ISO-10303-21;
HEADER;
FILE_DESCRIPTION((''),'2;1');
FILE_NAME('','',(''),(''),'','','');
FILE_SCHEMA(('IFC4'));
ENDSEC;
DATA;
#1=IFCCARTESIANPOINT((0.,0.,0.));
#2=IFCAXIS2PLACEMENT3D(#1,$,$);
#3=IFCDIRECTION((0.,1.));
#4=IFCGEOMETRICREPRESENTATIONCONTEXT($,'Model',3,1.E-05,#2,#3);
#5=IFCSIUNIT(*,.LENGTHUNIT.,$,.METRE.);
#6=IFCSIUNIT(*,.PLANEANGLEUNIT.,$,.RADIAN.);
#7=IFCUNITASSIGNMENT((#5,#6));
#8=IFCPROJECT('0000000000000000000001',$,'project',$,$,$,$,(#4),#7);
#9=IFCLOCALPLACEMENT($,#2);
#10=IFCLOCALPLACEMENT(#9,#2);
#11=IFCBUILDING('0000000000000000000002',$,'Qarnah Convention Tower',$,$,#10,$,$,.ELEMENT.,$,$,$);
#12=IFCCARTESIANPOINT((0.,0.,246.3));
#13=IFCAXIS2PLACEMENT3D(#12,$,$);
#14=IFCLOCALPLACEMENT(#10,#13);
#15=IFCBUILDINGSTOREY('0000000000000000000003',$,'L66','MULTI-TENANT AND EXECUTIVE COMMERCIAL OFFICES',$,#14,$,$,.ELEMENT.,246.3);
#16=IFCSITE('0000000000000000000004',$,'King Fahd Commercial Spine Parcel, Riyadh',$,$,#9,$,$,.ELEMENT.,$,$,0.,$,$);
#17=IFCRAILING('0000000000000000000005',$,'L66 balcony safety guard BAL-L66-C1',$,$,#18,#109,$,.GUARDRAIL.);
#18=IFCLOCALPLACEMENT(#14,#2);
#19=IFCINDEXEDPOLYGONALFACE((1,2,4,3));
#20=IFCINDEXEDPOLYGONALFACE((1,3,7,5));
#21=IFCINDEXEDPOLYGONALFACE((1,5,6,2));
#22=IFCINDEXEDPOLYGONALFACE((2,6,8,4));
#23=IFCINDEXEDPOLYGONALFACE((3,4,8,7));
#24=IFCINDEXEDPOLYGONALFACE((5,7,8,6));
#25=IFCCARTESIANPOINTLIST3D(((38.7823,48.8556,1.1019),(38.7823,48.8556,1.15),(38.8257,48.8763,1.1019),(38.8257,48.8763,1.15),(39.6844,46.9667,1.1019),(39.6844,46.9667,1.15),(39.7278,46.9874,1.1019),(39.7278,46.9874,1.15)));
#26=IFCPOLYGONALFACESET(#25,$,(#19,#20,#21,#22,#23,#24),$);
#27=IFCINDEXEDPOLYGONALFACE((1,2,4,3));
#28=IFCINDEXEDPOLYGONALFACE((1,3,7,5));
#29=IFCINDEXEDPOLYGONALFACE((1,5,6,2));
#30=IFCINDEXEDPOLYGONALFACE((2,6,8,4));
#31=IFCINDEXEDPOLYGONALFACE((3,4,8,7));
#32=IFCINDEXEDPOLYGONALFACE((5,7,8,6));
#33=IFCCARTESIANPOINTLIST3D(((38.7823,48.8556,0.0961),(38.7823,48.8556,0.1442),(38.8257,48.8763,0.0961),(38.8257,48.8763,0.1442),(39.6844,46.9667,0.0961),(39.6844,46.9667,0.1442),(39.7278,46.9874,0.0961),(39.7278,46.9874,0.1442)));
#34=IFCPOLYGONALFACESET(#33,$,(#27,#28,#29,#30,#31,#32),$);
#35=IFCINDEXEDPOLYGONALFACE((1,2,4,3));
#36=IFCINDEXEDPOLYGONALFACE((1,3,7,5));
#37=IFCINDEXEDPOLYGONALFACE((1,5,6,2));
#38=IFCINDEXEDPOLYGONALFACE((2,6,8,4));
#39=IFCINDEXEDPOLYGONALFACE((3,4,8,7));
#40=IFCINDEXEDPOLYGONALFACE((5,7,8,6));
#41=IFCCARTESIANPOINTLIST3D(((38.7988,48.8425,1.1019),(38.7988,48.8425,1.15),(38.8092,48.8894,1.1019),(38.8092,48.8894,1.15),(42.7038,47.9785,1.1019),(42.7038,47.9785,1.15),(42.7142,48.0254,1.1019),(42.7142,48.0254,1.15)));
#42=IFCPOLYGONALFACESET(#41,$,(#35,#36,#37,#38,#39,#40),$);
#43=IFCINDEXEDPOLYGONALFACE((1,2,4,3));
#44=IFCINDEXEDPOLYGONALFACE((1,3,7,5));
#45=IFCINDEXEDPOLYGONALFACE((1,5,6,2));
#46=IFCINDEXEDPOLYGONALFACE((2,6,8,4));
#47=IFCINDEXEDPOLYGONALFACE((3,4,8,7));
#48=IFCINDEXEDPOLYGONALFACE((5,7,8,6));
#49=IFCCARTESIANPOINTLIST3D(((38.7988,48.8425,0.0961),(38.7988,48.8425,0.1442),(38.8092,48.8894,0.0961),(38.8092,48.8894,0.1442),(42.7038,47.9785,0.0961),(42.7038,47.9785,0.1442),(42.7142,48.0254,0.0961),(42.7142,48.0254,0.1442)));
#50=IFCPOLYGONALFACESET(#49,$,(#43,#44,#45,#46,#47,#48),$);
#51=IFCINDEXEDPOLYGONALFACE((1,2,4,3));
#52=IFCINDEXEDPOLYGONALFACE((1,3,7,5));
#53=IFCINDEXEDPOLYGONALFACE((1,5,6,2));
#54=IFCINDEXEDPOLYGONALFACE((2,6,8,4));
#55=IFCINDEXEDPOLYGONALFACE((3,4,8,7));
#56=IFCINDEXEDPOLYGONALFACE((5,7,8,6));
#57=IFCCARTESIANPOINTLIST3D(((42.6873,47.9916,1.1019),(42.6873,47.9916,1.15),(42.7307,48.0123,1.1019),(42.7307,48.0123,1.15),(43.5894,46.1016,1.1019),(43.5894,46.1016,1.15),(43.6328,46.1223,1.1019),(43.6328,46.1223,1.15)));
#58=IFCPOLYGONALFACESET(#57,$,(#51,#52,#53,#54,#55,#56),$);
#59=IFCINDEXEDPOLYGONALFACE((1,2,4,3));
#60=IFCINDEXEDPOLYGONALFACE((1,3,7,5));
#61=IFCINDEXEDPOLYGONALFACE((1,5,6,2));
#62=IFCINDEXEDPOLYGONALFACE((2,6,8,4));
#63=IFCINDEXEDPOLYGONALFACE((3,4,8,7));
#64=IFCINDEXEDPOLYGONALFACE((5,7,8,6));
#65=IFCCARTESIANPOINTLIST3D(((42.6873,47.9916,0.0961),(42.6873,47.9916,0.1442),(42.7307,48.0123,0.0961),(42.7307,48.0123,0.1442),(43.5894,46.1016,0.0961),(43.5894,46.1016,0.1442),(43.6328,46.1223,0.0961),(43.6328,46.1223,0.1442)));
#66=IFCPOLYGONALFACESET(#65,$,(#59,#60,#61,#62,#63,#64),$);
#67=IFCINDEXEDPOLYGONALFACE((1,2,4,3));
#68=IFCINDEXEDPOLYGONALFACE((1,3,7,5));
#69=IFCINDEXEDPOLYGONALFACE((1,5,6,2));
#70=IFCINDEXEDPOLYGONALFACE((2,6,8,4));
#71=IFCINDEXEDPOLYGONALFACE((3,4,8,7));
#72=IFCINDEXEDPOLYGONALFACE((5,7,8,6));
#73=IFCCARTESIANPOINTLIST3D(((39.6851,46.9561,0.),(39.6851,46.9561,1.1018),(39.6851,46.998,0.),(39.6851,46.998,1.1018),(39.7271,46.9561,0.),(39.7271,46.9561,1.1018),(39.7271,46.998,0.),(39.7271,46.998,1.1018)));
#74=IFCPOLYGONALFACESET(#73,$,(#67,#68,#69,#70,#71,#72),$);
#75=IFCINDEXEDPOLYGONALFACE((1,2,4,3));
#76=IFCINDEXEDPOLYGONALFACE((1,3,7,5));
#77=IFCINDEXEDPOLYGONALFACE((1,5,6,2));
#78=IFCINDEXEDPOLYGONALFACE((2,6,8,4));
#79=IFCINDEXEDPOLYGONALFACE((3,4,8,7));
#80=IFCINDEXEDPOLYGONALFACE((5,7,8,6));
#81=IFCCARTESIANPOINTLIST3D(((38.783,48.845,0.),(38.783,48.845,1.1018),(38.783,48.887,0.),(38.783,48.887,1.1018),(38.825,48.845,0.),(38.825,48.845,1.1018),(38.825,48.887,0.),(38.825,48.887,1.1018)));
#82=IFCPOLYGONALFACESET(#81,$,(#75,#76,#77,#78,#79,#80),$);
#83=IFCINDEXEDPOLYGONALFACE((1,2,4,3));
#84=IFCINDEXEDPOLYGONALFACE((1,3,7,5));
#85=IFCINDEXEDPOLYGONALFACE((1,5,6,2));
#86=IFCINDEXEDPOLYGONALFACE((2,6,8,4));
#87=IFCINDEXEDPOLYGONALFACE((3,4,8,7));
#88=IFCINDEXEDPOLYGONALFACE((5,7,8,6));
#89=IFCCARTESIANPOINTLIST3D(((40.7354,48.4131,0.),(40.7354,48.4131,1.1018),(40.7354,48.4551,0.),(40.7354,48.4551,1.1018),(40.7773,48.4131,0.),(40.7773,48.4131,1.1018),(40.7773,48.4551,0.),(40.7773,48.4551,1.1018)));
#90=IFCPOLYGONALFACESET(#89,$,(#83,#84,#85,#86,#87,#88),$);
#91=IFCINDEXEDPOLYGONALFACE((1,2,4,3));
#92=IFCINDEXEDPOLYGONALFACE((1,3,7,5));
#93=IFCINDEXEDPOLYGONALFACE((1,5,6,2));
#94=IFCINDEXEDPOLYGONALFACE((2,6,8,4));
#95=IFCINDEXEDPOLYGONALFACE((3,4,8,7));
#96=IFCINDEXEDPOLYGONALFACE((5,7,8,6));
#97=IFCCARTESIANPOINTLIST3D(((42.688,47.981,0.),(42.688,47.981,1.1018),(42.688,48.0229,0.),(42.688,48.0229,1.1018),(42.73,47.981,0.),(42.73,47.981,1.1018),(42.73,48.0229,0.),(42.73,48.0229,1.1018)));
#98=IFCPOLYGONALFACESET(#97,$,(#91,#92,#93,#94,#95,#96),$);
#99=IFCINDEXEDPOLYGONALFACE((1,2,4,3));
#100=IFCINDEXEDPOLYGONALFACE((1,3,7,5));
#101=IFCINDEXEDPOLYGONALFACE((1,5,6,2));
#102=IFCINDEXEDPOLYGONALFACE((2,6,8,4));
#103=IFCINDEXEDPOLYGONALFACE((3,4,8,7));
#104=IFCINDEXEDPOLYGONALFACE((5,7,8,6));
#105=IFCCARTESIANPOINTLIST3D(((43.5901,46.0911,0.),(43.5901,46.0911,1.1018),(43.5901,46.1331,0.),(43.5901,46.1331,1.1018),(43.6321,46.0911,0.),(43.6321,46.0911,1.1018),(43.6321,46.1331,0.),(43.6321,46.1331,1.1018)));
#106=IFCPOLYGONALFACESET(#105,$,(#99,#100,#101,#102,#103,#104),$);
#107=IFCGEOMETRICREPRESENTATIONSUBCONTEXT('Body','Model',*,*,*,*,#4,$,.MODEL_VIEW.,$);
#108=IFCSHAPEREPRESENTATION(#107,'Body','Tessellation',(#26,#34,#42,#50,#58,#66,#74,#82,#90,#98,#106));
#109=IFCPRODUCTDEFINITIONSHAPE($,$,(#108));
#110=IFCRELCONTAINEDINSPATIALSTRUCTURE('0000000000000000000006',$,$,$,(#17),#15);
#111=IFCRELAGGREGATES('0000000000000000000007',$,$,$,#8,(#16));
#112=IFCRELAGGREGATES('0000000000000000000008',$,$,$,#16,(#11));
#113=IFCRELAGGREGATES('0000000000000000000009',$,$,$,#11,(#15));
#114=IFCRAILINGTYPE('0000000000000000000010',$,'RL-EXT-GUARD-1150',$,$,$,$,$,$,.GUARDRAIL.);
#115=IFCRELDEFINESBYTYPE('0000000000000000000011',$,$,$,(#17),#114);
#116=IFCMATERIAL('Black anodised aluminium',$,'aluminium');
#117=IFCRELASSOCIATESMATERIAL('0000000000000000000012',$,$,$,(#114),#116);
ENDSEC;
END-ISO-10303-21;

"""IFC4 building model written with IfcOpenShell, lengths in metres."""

from ifc_helpers import new_model, si_unit, direction, frame, origin, origin_2d, place, context, subcontext, project, spatial, rectangle, extrude, material, type_object, element, save


model = new_model("IFC4")

# Units and contexts
model_context = context("Model", 3, precision=1e-05, world=origin(), true_north=direction((0.0, 1.0)))
body_context = subcontext(model_context, "Body", "Model", "MODEL_VIEW")
ifc_project = project(units=[si_unit("LENGTHUNIT", "METRE"), si_unit("PLANEANGLEUNIT", "RADIAN")], contexts=[model_context])

# Site, building, storey
site_placement = place(None, origin())
site = spatial("IfcSite", under=ifc_project, at=site_placement, Name="King Fahd Commercial Spine Parcel, Riyadh", CompositionType="ELEMENT", RefElevation=0.0)
building_placement = place(site_placement, origin())
building = spatial("IfcBuilding", under=site, at=building_placement, Name="Qarnah Convention Tower", CompositionType="ELEMENT")
storey_placement = place(building_placement, frame((0.0, 0.0, 246.3)))
storey = spatial("IfcBuildingStorey", under=building, at=storey_placement, Name="L66", Description="MULTI-TENANT AND EXECUTIVE COMMERCIAL OFFICES", CompositionType="ELEMENT", Elevation=246.3)

# Shared definitions
ifc_material_1 = material(Name="Black anodised aluminium", Category="aluminium")

# Railing
railing_type = type_object("IfcRailingType", Name="RL-EXT-GUARD-1150", PredefinedType="GUARDRAIL", material=ifc_material_1)
railing_1_placement = place(storey_placement, frame((39.7061, 46.9771, 0.0)))
element("IfcRailing", 1, at=railing_1_placement, inside=storey, type_object=railing_type, Name="L66 balcony safety guard BAL-L66-C1", PredefinedType="GUARDRAIL", context=body_context, shape_type="SweptSolid", body=[
    extrude(rectangle(XDim=0.0481, YDim=0.0481, at=origin_2d()), frame((0.0, 0.0, 1.126), z_axis=(-0.430952, 0.902375, 0.0), x_axis=(-0.902375, -0.430952, 0.0)), (0.0, 0.0, 1.0), 2.0933),
    extrude(rectangle(XDim=0.0481, YDim=0.0481, at=origin_2d()), frame((0.0, 0.0, 0.1201), z_axis=(-0.430952, 0.902375, 0.0), x_axis=(-0.902375, -0.430952, 0.0)), (0.0, 0.0, 1.0), 2.0933),
    extrude(rectangle(XDim=0.0481, YDim=0.0481, at=origin_2d()), frame((-0.9021, 1.8889, 1.126), z_axis=(0.976386, -0.216032, 0.0), x_axis=(0.216032, 0.976386, 0.0)), (0.0, 0.0, 1.0), 3.9995),
    extrude(rectangle(XDim=0.0481, YDim=0.0481, at=origin_2d()), frame((-0.9021, 1.8889, 0.1201), z_axis=(0.976386, -0.216032, 0.0), x_axis=(0.216032, 0.976386, 0.0)), (0.0, 0.0, 1.0), 3.9995),
    extrude(rectangle(XDim=0.0481, YDim=0.0481, at=origin_2d()), frame((3.0029, 1.0249, 1.126), z_axis=(0.430771, -0.902461, 0.0), x_axis=(0.902461, 0.430771, 0.0)), (0.0, 0.0, 1.0), 2.0942),
    extrude(rectangle(XDim=0.0481, YDim=0.0481, at=origin_2d()), frame((3.0029, 1.0249, 0.1201), z_axis=(0.430771, -0.902461, 0.0), x_axis=(0.902461, 0.430771, 0.0)), (0.0, 0.0, 1.0), 2.0942),
    extrude(rectangle(XDim=0.042, YDim=0.042, at=origin_2d()), origin(), (0.0, 0.0, 1.0), 1.1018),
    extrude(rectangle(XDim=0.042, YDim=0.042, at=origin_2d()), frame((-0.9021, 1.8889, 0.0)), (0.0, 0.0, 1.0), 1.1018),
    extrude(rectangle(XDim=0.042, YDim=0.042, at=origin_2d()), frame((1.0503, 1.457, 0.0)), (0.0, 0.0, 1.0), 1.1018),
    extrude(rectangle(XDim=0.042, YDim=0.042, at=origin_2d()), frame((3.0029, 1.0249, 0.0)), (0.0, 0.0, 1.0), 1.1018),
    extrude(rectangle(XDim=0.042, YDim=0.042, at=origin_2d()), frame((3.905, -0.865, 0.0)), (0.0, 0.0, 1.0), 1.1018),
])

save(model, "model.ifc")
